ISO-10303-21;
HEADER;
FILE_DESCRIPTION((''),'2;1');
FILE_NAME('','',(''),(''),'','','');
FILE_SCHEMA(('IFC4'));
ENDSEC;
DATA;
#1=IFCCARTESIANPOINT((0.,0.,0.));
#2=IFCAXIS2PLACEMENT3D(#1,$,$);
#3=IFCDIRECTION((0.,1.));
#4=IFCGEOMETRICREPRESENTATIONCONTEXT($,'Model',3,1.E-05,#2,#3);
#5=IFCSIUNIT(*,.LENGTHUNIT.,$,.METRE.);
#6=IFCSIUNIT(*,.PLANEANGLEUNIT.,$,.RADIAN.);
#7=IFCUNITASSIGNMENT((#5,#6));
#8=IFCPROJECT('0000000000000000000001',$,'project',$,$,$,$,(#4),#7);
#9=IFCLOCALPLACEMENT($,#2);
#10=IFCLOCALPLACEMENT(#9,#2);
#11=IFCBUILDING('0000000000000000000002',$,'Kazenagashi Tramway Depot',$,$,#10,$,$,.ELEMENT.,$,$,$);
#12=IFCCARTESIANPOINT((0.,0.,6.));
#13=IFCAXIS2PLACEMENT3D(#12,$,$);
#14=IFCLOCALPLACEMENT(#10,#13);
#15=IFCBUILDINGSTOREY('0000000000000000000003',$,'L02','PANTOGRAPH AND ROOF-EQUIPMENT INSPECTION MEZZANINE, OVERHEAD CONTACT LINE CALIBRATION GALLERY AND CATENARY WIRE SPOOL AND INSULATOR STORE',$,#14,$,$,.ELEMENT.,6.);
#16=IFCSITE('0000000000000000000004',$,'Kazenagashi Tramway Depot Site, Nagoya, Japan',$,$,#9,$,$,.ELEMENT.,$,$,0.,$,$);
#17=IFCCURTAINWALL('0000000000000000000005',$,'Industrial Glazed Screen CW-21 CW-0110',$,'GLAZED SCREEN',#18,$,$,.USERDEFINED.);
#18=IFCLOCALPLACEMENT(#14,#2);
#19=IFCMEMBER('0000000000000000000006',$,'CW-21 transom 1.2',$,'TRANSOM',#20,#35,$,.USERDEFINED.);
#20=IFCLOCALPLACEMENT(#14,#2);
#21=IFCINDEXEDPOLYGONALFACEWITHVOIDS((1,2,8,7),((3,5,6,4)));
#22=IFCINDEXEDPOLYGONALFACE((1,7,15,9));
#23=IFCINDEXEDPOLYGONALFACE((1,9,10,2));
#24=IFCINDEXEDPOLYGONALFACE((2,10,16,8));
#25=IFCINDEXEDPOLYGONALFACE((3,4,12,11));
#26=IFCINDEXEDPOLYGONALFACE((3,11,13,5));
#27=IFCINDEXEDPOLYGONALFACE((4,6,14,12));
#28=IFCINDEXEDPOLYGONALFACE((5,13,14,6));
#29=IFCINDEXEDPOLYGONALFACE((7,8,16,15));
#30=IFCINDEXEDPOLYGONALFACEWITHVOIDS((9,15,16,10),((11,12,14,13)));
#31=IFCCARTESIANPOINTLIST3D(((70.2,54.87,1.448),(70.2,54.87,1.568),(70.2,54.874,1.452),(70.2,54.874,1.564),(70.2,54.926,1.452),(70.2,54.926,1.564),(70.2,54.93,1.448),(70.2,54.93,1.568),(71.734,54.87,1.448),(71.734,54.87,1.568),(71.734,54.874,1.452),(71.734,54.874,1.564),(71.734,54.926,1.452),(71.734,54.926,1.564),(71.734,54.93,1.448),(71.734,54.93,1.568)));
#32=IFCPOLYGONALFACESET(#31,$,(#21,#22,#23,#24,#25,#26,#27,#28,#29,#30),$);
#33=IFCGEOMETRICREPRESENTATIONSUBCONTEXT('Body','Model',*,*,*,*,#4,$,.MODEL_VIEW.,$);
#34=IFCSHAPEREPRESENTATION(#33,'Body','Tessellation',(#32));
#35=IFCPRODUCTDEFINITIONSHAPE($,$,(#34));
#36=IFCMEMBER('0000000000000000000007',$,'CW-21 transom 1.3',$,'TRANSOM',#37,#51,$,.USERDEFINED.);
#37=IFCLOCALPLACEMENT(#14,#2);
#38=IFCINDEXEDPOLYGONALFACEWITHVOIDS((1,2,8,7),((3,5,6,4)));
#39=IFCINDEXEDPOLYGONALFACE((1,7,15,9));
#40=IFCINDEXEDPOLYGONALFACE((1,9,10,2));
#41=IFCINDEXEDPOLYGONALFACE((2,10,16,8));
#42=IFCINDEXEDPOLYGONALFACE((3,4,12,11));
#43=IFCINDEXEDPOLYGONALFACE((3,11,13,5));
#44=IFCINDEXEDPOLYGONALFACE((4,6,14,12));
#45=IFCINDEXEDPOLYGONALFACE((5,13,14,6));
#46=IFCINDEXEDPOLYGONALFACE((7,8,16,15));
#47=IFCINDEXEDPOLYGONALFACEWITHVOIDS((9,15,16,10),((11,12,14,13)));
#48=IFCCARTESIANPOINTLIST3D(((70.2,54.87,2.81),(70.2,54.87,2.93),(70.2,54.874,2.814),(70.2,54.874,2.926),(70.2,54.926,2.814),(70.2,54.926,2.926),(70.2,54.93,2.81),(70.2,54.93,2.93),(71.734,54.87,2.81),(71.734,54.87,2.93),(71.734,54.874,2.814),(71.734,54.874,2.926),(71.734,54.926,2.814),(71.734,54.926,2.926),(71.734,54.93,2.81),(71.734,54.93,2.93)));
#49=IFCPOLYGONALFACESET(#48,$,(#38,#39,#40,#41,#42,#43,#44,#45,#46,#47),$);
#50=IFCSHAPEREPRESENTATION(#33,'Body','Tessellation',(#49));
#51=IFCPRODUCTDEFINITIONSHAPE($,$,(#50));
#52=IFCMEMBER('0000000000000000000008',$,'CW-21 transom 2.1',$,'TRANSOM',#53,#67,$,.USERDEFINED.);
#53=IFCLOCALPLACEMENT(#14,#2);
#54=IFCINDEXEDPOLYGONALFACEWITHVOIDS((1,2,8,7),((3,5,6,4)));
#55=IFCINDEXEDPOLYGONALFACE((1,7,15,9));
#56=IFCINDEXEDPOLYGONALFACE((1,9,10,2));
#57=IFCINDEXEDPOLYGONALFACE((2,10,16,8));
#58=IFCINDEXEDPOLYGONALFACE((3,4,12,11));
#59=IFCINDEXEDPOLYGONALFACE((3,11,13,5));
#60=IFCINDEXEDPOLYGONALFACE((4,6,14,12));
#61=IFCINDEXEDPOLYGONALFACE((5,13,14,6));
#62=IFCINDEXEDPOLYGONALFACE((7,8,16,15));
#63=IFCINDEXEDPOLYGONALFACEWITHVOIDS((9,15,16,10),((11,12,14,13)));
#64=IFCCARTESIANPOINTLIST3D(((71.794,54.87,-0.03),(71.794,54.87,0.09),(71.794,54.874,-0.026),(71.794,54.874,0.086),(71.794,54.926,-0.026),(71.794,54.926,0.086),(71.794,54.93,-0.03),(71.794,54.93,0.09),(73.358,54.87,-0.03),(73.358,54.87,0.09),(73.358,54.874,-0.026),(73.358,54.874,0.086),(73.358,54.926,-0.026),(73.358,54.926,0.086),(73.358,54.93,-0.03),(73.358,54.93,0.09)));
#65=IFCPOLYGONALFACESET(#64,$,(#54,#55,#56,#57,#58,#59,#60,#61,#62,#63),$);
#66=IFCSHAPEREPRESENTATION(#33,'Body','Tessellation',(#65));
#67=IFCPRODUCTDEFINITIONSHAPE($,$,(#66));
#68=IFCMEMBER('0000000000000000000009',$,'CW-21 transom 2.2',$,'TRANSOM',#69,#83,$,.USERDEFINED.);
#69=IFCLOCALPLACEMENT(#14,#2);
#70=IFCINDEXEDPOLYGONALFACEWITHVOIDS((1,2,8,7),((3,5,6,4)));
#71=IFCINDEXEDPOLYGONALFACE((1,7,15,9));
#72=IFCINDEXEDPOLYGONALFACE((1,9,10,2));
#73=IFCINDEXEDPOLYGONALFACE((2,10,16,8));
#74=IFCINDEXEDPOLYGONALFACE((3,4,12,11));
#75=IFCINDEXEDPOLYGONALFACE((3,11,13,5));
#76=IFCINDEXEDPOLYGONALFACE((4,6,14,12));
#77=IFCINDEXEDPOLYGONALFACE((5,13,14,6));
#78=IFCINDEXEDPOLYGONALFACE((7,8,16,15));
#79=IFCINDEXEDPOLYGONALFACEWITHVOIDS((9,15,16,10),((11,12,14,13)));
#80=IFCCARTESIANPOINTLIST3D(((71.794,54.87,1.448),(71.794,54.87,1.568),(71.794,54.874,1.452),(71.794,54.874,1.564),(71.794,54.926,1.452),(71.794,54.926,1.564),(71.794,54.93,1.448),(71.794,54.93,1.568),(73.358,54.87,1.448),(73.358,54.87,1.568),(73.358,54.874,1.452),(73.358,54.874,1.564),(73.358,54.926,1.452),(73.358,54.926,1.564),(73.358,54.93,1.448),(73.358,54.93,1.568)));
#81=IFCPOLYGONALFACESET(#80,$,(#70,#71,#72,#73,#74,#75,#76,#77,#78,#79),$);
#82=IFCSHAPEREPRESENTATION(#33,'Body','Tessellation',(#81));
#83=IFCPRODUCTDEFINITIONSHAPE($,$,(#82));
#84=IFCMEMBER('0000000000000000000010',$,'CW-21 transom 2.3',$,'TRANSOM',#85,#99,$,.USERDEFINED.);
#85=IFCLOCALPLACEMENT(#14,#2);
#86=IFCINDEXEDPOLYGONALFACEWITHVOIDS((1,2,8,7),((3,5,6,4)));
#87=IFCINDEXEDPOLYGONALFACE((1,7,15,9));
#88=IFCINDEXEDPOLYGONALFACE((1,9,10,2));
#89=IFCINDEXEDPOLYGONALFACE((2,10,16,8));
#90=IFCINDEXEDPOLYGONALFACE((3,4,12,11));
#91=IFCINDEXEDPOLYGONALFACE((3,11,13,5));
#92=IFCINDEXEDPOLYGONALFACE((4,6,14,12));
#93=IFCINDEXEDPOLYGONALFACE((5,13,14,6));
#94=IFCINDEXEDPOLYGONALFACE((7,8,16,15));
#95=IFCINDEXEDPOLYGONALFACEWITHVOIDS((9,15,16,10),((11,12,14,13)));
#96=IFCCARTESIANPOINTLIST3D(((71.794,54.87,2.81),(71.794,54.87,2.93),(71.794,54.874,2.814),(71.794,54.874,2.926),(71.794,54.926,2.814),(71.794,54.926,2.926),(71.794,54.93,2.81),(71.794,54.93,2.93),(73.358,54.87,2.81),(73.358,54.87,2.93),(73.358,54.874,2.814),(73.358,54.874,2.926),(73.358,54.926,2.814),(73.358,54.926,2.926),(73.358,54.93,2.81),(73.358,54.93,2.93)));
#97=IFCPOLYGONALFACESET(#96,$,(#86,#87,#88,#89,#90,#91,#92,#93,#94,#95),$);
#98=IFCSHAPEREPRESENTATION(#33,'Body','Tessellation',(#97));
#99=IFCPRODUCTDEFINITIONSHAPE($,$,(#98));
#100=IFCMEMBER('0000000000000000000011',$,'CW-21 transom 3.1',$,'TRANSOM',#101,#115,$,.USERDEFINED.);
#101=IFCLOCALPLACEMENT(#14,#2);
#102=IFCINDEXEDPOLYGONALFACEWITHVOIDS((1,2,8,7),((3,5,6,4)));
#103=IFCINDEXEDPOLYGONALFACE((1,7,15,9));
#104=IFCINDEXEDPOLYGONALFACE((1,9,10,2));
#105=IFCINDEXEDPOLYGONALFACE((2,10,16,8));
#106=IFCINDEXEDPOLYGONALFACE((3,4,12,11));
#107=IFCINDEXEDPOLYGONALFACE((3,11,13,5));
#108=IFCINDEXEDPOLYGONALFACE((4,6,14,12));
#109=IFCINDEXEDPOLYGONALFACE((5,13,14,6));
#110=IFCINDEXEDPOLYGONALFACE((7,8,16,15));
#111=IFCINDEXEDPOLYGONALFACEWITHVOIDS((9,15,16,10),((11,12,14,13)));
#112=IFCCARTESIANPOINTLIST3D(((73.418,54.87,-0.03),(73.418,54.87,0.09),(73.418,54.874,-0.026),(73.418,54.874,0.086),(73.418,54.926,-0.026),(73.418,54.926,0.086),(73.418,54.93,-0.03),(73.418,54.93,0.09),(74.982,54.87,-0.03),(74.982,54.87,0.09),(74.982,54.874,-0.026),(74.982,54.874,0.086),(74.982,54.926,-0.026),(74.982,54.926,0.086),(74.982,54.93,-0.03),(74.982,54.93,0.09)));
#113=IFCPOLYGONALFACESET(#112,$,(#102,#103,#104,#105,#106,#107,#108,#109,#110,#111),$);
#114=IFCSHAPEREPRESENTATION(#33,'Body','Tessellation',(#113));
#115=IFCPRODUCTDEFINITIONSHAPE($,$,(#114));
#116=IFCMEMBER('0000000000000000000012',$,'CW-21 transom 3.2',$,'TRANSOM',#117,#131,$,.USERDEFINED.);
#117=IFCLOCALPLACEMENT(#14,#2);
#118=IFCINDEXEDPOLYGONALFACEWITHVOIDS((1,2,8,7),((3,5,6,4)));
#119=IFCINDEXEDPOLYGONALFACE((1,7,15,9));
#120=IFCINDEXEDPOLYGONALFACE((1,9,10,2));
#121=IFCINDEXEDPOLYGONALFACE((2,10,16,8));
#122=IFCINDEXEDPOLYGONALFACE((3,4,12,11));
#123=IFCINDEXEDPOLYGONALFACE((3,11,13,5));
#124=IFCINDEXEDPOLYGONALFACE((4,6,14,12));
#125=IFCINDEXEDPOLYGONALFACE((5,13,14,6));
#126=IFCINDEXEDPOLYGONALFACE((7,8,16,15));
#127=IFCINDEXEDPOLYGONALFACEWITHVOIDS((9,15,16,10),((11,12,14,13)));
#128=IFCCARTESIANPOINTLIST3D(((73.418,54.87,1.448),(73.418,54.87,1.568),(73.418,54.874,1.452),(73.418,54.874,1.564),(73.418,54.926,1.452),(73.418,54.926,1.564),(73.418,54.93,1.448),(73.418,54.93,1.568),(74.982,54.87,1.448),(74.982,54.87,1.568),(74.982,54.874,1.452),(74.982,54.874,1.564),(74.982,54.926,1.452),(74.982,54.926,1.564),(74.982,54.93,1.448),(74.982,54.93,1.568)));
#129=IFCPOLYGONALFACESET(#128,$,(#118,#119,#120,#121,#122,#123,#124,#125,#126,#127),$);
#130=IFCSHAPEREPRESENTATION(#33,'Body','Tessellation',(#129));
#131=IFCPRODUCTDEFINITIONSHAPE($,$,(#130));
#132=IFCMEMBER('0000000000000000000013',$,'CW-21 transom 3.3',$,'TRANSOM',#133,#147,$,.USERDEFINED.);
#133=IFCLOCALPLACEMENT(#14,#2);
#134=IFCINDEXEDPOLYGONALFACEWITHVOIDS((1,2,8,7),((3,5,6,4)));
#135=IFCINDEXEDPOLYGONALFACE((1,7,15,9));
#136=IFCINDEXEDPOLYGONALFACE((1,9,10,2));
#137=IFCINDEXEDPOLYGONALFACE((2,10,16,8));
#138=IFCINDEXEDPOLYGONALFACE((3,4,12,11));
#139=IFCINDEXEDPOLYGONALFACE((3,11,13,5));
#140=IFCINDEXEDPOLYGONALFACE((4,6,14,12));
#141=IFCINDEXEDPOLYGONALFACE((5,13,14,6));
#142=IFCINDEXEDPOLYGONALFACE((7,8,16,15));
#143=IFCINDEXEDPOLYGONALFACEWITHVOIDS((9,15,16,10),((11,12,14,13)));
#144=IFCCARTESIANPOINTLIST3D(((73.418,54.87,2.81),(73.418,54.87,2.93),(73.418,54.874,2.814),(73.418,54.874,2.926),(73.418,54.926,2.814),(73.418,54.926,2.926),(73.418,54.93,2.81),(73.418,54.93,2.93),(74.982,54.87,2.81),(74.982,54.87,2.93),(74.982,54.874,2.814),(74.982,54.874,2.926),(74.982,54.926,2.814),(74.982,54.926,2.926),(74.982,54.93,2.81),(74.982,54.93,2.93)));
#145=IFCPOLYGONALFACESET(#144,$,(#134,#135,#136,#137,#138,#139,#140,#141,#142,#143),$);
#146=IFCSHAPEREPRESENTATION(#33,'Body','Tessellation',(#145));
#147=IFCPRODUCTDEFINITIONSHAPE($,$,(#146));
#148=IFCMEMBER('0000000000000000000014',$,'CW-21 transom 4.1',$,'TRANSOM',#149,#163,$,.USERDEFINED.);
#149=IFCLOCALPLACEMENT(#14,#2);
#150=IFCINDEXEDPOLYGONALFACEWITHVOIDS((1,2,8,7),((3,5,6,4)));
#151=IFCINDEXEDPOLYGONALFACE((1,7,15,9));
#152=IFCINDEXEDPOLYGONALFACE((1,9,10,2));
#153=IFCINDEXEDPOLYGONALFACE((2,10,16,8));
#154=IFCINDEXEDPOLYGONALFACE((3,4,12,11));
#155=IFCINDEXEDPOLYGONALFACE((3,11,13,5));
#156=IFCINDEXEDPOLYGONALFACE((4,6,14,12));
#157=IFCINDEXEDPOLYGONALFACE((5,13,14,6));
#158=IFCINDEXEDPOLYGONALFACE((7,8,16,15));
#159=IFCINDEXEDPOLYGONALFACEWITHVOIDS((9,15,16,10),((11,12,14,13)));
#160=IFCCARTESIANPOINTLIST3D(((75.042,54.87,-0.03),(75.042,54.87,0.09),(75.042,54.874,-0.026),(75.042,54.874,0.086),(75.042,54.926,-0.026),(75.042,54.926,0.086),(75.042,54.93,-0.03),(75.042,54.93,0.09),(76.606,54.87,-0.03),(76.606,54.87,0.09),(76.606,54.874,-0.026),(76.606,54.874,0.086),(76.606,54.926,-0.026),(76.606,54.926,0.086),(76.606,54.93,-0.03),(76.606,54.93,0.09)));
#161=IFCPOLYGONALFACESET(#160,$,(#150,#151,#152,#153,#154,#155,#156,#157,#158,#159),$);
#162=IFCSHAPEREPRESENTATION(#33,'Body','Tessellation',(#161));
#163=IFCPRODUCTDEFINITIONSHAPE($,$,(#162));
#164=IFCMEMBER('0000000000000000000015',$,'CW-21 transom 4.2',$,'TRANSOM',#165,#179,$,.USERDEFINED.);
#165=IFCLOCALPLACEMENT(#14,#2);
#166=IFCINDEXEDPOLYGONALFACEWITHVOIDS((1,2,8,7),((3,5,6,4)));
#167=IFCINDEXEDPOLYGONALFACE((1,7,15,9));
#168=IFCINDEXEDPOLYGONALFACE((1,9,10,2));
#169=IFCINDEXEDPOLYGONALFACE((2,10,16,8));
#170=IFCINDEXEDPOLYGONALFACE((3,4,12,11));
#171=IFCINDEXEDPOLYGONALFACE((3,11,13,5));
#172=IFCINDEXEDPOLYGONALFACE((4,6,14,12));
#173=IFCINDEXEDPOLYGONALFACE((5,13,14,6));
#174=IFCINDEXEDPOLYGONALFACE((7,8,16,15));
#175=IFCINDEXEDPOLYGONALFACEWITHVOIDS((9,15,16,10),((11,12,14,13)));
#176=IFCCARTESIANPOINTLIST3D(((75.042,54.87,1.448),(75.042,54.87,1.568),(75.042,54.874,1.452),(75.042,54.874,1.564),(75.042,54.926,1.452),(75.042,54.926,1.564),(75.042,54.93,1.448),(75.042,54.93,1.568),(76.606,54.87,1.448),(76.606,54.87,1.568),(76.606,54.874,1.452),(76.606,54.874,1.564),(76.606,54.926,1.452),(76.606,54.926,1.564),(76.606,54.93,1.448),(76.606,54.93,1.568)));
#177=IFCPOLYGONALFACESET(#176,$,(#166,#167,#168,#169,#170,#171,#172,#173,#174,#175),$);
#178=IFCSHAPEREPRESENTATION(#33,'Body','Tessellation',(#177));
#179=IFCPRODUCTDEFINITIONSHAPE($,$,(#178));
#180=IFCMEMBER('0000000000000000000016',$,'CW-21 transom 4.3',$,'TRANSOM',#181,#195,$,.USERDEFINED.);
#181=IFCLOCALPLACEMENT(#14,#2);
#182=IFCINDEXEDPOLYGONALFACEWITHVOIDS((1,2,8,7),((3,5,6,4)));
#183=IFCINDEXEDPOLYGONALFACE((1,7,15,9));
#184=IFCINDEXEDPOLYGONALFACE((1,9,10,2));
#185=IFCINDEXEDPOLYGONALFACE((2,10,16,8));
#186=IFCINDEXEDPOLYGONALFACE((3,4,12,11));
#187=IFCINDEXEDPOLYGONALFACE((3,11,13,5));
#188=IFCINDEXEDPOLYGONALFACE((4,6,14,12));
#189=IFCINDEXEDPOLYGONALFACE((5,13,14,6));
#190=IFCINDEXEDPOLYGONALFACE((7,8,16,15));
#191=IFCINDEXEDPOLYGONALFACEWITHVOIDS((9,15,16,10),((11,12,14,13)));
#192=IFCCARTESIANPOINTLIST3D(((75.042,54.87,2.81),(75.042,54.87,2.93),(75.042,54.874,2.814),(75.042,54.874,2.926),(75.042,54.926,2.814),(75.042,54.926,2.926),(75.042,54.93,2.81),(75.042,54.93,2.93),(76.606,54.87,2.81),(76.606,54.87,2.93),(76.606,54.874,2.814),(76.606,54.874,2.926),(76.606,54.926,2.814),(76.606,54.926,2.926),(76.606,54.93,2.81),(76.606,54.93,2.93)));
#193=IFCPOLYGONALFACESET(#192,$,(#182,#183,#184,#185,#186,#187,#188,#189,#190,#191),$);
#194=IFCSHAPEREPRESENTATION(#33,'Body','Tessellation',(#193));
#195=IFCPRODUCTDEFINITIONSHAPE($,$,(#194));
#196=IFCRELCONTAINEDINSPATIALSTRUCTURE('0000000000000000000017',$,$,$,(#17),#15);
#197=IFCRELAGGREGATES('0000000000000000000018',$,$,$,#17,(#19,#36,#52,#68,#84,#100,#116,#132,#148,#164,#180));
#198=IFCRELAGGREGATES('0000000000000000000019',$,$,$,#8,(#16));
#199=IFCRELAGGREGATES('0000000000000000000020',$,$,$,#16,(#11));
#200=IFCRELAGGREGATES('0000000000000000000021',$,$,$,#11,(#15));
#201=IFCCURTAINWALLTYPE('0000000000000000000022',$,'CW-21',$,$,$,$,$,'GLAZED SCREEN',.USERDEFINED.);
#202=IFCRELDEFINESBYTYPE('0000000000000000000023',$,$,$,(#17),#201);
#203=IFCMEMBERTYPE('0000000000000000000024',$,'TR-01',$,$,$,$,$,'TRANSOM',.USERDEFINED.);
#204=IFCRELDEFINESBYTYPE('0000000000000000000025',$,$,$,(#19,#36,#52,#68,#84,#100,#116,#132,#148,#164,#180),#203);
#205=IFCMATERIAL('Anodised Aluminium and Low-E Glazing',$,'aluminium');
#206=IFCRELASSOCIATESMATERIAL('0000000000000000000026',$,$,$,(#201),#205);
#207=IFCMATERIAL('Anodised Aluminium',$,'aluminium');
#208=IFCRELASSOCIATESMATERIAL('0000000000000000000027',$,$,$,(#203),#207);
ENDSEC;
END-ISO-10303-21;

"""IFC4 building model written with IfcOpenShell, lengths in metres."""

from ifc_helpers import new_model, si_unit, direction, frame, origin, origin_2d, place, context, subcontext, project, spatial, hollow_rectangle, extrude, material, material_profile, profile_set, type_object, element, aggregate, save


model = new_model("IFC4")

# Units and contexts
model_context = context("Model", 3, precision=1e-05, world=origin(), true_north=direction((0.0, 1.0)))
body_context = subcontext(model_context, "Body", "Model", "MODEL_VIEW")
ifc_project = project(units=[si_unit("LENGTHUNIT", "METRE"), si_unit("PLANEANGLEUNIT", "RADIAN")], contexts=[model_context])

# Site, building, storey
site_placement = place(None, origin())
site = spatial("IfcSite", under=ifc_project, at=site_placement, Name="Kazenagashi Tramway Depot Site, Nagoya, Japan", CompositionType="ELEMENT", RefElevation=0.0)
building_placement = place(site_placement, origin())
building = spatial("IfcBuilding", under=site, at=building_placement, Name="Kazenagashi Tramway Depot", CompositionType="ELEMENT")
storey_placement = place(building_placement, frame((0.0, 0.0, 6.0)))
storey = spatial("IfcBuildingStorey", under=building, at=storey_placement, Name="L02", Description="PANTOGRAPH AND ROOF-EQUIPMENT INSPECTION MEZZANINE, OVERHEAD CONTACT LINE CALIBRATION GALLERY AND CATENARY WIRE SPOOL AND INSULATOR STORE", CompositionType="ELEMENT", Elevation=6.0)

# Curtain wall, members
ifc_material_1 = material(Name="Anodised Aluminium and Low-E Glazing", Category="aluminium")
curtain_wall_type = type_object("IfcCurtainWallType", Name="CW-21", ElementType="GLAZED SCREEN", PredefinedType="USERDEFINED", material=ifc_material_1)
curtain_wall_placement = place(storey_placement, origin())
curtain_wall = element("IfcCurtainWall", 1, at=curtain_wall_placement, inside=storey, type_object=curtain_wall_type, Name="Industrial Glazed Screen CW-21 CW-0110", ObjectType="GLAZED SCREEN", PredefinedType="USERDEFINED")
ifc_material_2 = material(Name="Anodised Aluminium", Category="aluminium")
ifc_material_profile_1 = material_profile(ifc_material_2, hollow_rectangle(XDim=0.06, YDim=0.12, WallThickness=0.004, at=origin_2d()), Name="RHS-120x60x4")
ifc_profile_set_1 = profile_set([ifc_material_profile_1], Name="Anodised Aluminium")
member_type_1 = type_object("IfcMemberType", Name="TR-01", ElementType="TRANSOM", PredefinedType="USERDEFINED", material=ifc_profile_set_1)
member_1_placement = place(storey_placement, frame((70.2, 54.9, 1.508), z_axis=(1.0, 0.0, 0.0), x_axis=(0.0, 1.0, 0.0)))
member_1 = element("IfcMember", 2, at=member_1_placement, type_object=member_type_1, Name="CW-21 transom 1.2", ObjectType="TRANSOM", PredefinedType="USERDEFINED", context=body_context, shape_type="SweptSolid", body=[
    extrude(hollow_rectangle(XDim=0.06, YDim=0.12, WallThickness=0.004, at=origin_2d()), origin(), (0.0, 0.0, 1.0), 1.534),
])
member_2_placement = place(storey_placement, frame((70.2, 54.9, 2.87), z_axis=(1.0, 0.0, 0.0), x_axis=(0.0, 1.0, 0.0)))
member_2 = element("IfcMember", 3, at=member_2_placement, type_object=member_type_1, Name="CW-21 transom 1.3", ObjectType="TRANSOM", PredefinedType="USERDEFINED", context=body_context, shape_type="SweptSolid", body=[
    extrude(hollow_rectangle(XDim=0.06, YDim=0.12, WallThickness=0.004, at=origin_2d()), origin(), (0.0, 0.0, 1.0), 1.534),
])
member_3_placement = place(storey_placement, frame((71.794, 54.9, 0.03), z_axis=(1.0, 0.0, 0.0), x_axis=(0.0, 1.0, 0.0)))
member_3 = element("IfcMember", 4, at=member_3_placement, type_object=member_type_1, Name="CW-21 transom 2.1", ObjectType="TRANSOM", PredefinedType="USERDEFINED", context=body_context, shape_type="SweptSolid", body=[
    extrude(hollow_rectangle(XDim=0.06, YDim=0.12, WallThickness=0.004, at=origin_2d()), origin(), (0.0, 0.0, 1.0), 1.564),
])
member_4_placement = place(storey_placement, frame((71.794, 54.9, 1.508), z_axis=(1.0, 0.0, 0.0), x_axis=(0.0, 1.0, 0.0)))
member_4 = element("IfcMember", 5, at=member_4_placement, type_object=member_type_1, Name="CW-21 transom 2.2", ObjectType="TRANSOM", PredefinedType="USERDEFINED", context=body_context, shape_type="SweptSolid", body=[
    extrude(hollow_rectangle(XDim=0.06, YDim=0.12, WallThickness=0.004, at=origin_2d()), origin(), (0.0, 0.0, 1.0), 1.564),
])
member_5_placement = place(storey_placement, frame((71.794, 54.9, 2.87), z_axis=(1.0, 0.0, 0.0), x_axis=(0.0, 1.0, 0.0)))
member_5 = element("IfcMember", 6, at=member_5_placement, type_object=member_type_1, Name="CW-21 transom 2.3", ObjectType="TRANSOM", PredefinedType="USERDEFINED", context=body_context, shape_type="SweptSolid", body=[
    extrude(hollow_rectangle(XDim=0.06, YDim=0.12, WallThickness=0.004, at=origin_2d()), origin(), (0.0, 0.0, 1.0), 1.564),
])
member_6_placement = place(storey_placement, frame((73.418, 54.9, 0.03), z_axis=(1.0, 0.0, 0.0), x_axis=(0.0, 1.0, 0.0)))
member_6 = element("IfcMember", 7, at=member_6_placement, type_object=member_type_1, Name="CW-21 transom 3.1", ObjectType="TRANSOM", PredefinedType="USERDEFINED", context=body_context, shape_type="SweptSolid", body=[
    extrude(hollow_rectangle(XDim=0.06, YDim=0.12, WallThickness=0.004, at=origin_2d()), origin(), (0.0, 0.0, 1.0), 1.564),
])
member_7_placement = place(storey_placement, frame((73.418, 54.9, 1.508), z_axis=(1.0, 0.0, 0.0), x_axis=(0.0, 1.0, 0.0)))
member_7 = element("IfcMember", 8, at=member_7_placement, type_object=member_type_1, Name="CW-21 transom 3.2", ObjectType="TRANSOM", PredefinedType="USERDEFINED", context=body_context, shape_type="SweptSolid", body=[
    extrude(hollow_rectangle(XDim=0.06, YDim=0.12, WallThickness=0.004, at=origin_2d()), origin(), (0.0, 0.0, 1.0), 1.564),
])
member_8_placement = place(storey_placement, frame((73.418, 54.9, 2.87), z_axis=(1.0, 0.0, 0.0), x_axis=(0.0, 1.0, 0.0)))
member_8 = element("IfcMember", 9, at=member_8_placement, type_object=member_type_1, Name="CW-21 transom 3.3", ObjectType="TRANSOM", PredefinedType="USERDEFINED", context=body_context, shape_type="SweptSolid", body=[
    extrude(hollow_rectangle(XDim=0.06, YDim=0.12, WallThickness=0.004, at=origin_2d()), origin(), (0.0, 0.0, 1.0), 1.564),
])
member_9_placement = place(storey_placement, frame((75.042, 54.9, 0.03), z_axis=(1.0, 0.0, 0.0), x_axis=(0.0, 1.0, 0.0)))
member_9 = element("IfcMember", 10, at=member_9_placement, type_object=member_type_1, Name="CW-21 transom 4.1", ObjectType="TRANSOM", PredefinedType="USERDEFINED", context=body_context, shape_type="SweptSolid", body=[
    extrude(hollow_rectangle(XDim=0.06, YDim=0.12, WallThickness=0.004, at=origin_2d()), origin(), (0.0, 0.0, 1.0), 1.564),
])
member_10_placement = place(storey_placement, frame((75.042, 54.9, 1.508), z_axis=(1.0, 0.0, 0.0), x_axis=(0.0, 1.0, 0.0)))
member_10 = element("IfcMember", 11, at=member_10_placement, type_object=member_type_1, Name="CW-21 transom 4.2", ObjectType="TRANSOM", PredefinedType="USERDEFINED", context=body_context, shape_type="SweptSolid", body=[
    extrude(hollow_rectangle(XDim=0.06, YDim=0.12, WallThickness=0.004, at=origin_2d()), origin(), (0.0, 0.0, 1.0), 1.564),
])
member_11_placement = place(storey_placement, frame((75.042, 54.9, 2.87), z_axis=(1.0, 0.0, 0.0), x_axis=(0.0, 1.0, 0.0)))
member_11 = element("IfcMember", 12, at=member_11_placement, type_object=member_type_1, Name="CW-21 transom 4.3", ObjectType="TRANSOM", PredefinedType="USERDEFINED", context=body_context, shape_type="SweptSolid", body=[
    extrude(hollow_rectangle(XDim=0.06, YDim=0.12, WallThickness=0.004, at=origin_2d()), origin(), (0.0, 0.0, 1.0), 1.564),
])
aggregate(curtain_wall, [member_1, member_2, member_3, member_4, member_5, member_6, member_7, member_8, member_9, member_10, member_11])

save(model, "model.ifc")
